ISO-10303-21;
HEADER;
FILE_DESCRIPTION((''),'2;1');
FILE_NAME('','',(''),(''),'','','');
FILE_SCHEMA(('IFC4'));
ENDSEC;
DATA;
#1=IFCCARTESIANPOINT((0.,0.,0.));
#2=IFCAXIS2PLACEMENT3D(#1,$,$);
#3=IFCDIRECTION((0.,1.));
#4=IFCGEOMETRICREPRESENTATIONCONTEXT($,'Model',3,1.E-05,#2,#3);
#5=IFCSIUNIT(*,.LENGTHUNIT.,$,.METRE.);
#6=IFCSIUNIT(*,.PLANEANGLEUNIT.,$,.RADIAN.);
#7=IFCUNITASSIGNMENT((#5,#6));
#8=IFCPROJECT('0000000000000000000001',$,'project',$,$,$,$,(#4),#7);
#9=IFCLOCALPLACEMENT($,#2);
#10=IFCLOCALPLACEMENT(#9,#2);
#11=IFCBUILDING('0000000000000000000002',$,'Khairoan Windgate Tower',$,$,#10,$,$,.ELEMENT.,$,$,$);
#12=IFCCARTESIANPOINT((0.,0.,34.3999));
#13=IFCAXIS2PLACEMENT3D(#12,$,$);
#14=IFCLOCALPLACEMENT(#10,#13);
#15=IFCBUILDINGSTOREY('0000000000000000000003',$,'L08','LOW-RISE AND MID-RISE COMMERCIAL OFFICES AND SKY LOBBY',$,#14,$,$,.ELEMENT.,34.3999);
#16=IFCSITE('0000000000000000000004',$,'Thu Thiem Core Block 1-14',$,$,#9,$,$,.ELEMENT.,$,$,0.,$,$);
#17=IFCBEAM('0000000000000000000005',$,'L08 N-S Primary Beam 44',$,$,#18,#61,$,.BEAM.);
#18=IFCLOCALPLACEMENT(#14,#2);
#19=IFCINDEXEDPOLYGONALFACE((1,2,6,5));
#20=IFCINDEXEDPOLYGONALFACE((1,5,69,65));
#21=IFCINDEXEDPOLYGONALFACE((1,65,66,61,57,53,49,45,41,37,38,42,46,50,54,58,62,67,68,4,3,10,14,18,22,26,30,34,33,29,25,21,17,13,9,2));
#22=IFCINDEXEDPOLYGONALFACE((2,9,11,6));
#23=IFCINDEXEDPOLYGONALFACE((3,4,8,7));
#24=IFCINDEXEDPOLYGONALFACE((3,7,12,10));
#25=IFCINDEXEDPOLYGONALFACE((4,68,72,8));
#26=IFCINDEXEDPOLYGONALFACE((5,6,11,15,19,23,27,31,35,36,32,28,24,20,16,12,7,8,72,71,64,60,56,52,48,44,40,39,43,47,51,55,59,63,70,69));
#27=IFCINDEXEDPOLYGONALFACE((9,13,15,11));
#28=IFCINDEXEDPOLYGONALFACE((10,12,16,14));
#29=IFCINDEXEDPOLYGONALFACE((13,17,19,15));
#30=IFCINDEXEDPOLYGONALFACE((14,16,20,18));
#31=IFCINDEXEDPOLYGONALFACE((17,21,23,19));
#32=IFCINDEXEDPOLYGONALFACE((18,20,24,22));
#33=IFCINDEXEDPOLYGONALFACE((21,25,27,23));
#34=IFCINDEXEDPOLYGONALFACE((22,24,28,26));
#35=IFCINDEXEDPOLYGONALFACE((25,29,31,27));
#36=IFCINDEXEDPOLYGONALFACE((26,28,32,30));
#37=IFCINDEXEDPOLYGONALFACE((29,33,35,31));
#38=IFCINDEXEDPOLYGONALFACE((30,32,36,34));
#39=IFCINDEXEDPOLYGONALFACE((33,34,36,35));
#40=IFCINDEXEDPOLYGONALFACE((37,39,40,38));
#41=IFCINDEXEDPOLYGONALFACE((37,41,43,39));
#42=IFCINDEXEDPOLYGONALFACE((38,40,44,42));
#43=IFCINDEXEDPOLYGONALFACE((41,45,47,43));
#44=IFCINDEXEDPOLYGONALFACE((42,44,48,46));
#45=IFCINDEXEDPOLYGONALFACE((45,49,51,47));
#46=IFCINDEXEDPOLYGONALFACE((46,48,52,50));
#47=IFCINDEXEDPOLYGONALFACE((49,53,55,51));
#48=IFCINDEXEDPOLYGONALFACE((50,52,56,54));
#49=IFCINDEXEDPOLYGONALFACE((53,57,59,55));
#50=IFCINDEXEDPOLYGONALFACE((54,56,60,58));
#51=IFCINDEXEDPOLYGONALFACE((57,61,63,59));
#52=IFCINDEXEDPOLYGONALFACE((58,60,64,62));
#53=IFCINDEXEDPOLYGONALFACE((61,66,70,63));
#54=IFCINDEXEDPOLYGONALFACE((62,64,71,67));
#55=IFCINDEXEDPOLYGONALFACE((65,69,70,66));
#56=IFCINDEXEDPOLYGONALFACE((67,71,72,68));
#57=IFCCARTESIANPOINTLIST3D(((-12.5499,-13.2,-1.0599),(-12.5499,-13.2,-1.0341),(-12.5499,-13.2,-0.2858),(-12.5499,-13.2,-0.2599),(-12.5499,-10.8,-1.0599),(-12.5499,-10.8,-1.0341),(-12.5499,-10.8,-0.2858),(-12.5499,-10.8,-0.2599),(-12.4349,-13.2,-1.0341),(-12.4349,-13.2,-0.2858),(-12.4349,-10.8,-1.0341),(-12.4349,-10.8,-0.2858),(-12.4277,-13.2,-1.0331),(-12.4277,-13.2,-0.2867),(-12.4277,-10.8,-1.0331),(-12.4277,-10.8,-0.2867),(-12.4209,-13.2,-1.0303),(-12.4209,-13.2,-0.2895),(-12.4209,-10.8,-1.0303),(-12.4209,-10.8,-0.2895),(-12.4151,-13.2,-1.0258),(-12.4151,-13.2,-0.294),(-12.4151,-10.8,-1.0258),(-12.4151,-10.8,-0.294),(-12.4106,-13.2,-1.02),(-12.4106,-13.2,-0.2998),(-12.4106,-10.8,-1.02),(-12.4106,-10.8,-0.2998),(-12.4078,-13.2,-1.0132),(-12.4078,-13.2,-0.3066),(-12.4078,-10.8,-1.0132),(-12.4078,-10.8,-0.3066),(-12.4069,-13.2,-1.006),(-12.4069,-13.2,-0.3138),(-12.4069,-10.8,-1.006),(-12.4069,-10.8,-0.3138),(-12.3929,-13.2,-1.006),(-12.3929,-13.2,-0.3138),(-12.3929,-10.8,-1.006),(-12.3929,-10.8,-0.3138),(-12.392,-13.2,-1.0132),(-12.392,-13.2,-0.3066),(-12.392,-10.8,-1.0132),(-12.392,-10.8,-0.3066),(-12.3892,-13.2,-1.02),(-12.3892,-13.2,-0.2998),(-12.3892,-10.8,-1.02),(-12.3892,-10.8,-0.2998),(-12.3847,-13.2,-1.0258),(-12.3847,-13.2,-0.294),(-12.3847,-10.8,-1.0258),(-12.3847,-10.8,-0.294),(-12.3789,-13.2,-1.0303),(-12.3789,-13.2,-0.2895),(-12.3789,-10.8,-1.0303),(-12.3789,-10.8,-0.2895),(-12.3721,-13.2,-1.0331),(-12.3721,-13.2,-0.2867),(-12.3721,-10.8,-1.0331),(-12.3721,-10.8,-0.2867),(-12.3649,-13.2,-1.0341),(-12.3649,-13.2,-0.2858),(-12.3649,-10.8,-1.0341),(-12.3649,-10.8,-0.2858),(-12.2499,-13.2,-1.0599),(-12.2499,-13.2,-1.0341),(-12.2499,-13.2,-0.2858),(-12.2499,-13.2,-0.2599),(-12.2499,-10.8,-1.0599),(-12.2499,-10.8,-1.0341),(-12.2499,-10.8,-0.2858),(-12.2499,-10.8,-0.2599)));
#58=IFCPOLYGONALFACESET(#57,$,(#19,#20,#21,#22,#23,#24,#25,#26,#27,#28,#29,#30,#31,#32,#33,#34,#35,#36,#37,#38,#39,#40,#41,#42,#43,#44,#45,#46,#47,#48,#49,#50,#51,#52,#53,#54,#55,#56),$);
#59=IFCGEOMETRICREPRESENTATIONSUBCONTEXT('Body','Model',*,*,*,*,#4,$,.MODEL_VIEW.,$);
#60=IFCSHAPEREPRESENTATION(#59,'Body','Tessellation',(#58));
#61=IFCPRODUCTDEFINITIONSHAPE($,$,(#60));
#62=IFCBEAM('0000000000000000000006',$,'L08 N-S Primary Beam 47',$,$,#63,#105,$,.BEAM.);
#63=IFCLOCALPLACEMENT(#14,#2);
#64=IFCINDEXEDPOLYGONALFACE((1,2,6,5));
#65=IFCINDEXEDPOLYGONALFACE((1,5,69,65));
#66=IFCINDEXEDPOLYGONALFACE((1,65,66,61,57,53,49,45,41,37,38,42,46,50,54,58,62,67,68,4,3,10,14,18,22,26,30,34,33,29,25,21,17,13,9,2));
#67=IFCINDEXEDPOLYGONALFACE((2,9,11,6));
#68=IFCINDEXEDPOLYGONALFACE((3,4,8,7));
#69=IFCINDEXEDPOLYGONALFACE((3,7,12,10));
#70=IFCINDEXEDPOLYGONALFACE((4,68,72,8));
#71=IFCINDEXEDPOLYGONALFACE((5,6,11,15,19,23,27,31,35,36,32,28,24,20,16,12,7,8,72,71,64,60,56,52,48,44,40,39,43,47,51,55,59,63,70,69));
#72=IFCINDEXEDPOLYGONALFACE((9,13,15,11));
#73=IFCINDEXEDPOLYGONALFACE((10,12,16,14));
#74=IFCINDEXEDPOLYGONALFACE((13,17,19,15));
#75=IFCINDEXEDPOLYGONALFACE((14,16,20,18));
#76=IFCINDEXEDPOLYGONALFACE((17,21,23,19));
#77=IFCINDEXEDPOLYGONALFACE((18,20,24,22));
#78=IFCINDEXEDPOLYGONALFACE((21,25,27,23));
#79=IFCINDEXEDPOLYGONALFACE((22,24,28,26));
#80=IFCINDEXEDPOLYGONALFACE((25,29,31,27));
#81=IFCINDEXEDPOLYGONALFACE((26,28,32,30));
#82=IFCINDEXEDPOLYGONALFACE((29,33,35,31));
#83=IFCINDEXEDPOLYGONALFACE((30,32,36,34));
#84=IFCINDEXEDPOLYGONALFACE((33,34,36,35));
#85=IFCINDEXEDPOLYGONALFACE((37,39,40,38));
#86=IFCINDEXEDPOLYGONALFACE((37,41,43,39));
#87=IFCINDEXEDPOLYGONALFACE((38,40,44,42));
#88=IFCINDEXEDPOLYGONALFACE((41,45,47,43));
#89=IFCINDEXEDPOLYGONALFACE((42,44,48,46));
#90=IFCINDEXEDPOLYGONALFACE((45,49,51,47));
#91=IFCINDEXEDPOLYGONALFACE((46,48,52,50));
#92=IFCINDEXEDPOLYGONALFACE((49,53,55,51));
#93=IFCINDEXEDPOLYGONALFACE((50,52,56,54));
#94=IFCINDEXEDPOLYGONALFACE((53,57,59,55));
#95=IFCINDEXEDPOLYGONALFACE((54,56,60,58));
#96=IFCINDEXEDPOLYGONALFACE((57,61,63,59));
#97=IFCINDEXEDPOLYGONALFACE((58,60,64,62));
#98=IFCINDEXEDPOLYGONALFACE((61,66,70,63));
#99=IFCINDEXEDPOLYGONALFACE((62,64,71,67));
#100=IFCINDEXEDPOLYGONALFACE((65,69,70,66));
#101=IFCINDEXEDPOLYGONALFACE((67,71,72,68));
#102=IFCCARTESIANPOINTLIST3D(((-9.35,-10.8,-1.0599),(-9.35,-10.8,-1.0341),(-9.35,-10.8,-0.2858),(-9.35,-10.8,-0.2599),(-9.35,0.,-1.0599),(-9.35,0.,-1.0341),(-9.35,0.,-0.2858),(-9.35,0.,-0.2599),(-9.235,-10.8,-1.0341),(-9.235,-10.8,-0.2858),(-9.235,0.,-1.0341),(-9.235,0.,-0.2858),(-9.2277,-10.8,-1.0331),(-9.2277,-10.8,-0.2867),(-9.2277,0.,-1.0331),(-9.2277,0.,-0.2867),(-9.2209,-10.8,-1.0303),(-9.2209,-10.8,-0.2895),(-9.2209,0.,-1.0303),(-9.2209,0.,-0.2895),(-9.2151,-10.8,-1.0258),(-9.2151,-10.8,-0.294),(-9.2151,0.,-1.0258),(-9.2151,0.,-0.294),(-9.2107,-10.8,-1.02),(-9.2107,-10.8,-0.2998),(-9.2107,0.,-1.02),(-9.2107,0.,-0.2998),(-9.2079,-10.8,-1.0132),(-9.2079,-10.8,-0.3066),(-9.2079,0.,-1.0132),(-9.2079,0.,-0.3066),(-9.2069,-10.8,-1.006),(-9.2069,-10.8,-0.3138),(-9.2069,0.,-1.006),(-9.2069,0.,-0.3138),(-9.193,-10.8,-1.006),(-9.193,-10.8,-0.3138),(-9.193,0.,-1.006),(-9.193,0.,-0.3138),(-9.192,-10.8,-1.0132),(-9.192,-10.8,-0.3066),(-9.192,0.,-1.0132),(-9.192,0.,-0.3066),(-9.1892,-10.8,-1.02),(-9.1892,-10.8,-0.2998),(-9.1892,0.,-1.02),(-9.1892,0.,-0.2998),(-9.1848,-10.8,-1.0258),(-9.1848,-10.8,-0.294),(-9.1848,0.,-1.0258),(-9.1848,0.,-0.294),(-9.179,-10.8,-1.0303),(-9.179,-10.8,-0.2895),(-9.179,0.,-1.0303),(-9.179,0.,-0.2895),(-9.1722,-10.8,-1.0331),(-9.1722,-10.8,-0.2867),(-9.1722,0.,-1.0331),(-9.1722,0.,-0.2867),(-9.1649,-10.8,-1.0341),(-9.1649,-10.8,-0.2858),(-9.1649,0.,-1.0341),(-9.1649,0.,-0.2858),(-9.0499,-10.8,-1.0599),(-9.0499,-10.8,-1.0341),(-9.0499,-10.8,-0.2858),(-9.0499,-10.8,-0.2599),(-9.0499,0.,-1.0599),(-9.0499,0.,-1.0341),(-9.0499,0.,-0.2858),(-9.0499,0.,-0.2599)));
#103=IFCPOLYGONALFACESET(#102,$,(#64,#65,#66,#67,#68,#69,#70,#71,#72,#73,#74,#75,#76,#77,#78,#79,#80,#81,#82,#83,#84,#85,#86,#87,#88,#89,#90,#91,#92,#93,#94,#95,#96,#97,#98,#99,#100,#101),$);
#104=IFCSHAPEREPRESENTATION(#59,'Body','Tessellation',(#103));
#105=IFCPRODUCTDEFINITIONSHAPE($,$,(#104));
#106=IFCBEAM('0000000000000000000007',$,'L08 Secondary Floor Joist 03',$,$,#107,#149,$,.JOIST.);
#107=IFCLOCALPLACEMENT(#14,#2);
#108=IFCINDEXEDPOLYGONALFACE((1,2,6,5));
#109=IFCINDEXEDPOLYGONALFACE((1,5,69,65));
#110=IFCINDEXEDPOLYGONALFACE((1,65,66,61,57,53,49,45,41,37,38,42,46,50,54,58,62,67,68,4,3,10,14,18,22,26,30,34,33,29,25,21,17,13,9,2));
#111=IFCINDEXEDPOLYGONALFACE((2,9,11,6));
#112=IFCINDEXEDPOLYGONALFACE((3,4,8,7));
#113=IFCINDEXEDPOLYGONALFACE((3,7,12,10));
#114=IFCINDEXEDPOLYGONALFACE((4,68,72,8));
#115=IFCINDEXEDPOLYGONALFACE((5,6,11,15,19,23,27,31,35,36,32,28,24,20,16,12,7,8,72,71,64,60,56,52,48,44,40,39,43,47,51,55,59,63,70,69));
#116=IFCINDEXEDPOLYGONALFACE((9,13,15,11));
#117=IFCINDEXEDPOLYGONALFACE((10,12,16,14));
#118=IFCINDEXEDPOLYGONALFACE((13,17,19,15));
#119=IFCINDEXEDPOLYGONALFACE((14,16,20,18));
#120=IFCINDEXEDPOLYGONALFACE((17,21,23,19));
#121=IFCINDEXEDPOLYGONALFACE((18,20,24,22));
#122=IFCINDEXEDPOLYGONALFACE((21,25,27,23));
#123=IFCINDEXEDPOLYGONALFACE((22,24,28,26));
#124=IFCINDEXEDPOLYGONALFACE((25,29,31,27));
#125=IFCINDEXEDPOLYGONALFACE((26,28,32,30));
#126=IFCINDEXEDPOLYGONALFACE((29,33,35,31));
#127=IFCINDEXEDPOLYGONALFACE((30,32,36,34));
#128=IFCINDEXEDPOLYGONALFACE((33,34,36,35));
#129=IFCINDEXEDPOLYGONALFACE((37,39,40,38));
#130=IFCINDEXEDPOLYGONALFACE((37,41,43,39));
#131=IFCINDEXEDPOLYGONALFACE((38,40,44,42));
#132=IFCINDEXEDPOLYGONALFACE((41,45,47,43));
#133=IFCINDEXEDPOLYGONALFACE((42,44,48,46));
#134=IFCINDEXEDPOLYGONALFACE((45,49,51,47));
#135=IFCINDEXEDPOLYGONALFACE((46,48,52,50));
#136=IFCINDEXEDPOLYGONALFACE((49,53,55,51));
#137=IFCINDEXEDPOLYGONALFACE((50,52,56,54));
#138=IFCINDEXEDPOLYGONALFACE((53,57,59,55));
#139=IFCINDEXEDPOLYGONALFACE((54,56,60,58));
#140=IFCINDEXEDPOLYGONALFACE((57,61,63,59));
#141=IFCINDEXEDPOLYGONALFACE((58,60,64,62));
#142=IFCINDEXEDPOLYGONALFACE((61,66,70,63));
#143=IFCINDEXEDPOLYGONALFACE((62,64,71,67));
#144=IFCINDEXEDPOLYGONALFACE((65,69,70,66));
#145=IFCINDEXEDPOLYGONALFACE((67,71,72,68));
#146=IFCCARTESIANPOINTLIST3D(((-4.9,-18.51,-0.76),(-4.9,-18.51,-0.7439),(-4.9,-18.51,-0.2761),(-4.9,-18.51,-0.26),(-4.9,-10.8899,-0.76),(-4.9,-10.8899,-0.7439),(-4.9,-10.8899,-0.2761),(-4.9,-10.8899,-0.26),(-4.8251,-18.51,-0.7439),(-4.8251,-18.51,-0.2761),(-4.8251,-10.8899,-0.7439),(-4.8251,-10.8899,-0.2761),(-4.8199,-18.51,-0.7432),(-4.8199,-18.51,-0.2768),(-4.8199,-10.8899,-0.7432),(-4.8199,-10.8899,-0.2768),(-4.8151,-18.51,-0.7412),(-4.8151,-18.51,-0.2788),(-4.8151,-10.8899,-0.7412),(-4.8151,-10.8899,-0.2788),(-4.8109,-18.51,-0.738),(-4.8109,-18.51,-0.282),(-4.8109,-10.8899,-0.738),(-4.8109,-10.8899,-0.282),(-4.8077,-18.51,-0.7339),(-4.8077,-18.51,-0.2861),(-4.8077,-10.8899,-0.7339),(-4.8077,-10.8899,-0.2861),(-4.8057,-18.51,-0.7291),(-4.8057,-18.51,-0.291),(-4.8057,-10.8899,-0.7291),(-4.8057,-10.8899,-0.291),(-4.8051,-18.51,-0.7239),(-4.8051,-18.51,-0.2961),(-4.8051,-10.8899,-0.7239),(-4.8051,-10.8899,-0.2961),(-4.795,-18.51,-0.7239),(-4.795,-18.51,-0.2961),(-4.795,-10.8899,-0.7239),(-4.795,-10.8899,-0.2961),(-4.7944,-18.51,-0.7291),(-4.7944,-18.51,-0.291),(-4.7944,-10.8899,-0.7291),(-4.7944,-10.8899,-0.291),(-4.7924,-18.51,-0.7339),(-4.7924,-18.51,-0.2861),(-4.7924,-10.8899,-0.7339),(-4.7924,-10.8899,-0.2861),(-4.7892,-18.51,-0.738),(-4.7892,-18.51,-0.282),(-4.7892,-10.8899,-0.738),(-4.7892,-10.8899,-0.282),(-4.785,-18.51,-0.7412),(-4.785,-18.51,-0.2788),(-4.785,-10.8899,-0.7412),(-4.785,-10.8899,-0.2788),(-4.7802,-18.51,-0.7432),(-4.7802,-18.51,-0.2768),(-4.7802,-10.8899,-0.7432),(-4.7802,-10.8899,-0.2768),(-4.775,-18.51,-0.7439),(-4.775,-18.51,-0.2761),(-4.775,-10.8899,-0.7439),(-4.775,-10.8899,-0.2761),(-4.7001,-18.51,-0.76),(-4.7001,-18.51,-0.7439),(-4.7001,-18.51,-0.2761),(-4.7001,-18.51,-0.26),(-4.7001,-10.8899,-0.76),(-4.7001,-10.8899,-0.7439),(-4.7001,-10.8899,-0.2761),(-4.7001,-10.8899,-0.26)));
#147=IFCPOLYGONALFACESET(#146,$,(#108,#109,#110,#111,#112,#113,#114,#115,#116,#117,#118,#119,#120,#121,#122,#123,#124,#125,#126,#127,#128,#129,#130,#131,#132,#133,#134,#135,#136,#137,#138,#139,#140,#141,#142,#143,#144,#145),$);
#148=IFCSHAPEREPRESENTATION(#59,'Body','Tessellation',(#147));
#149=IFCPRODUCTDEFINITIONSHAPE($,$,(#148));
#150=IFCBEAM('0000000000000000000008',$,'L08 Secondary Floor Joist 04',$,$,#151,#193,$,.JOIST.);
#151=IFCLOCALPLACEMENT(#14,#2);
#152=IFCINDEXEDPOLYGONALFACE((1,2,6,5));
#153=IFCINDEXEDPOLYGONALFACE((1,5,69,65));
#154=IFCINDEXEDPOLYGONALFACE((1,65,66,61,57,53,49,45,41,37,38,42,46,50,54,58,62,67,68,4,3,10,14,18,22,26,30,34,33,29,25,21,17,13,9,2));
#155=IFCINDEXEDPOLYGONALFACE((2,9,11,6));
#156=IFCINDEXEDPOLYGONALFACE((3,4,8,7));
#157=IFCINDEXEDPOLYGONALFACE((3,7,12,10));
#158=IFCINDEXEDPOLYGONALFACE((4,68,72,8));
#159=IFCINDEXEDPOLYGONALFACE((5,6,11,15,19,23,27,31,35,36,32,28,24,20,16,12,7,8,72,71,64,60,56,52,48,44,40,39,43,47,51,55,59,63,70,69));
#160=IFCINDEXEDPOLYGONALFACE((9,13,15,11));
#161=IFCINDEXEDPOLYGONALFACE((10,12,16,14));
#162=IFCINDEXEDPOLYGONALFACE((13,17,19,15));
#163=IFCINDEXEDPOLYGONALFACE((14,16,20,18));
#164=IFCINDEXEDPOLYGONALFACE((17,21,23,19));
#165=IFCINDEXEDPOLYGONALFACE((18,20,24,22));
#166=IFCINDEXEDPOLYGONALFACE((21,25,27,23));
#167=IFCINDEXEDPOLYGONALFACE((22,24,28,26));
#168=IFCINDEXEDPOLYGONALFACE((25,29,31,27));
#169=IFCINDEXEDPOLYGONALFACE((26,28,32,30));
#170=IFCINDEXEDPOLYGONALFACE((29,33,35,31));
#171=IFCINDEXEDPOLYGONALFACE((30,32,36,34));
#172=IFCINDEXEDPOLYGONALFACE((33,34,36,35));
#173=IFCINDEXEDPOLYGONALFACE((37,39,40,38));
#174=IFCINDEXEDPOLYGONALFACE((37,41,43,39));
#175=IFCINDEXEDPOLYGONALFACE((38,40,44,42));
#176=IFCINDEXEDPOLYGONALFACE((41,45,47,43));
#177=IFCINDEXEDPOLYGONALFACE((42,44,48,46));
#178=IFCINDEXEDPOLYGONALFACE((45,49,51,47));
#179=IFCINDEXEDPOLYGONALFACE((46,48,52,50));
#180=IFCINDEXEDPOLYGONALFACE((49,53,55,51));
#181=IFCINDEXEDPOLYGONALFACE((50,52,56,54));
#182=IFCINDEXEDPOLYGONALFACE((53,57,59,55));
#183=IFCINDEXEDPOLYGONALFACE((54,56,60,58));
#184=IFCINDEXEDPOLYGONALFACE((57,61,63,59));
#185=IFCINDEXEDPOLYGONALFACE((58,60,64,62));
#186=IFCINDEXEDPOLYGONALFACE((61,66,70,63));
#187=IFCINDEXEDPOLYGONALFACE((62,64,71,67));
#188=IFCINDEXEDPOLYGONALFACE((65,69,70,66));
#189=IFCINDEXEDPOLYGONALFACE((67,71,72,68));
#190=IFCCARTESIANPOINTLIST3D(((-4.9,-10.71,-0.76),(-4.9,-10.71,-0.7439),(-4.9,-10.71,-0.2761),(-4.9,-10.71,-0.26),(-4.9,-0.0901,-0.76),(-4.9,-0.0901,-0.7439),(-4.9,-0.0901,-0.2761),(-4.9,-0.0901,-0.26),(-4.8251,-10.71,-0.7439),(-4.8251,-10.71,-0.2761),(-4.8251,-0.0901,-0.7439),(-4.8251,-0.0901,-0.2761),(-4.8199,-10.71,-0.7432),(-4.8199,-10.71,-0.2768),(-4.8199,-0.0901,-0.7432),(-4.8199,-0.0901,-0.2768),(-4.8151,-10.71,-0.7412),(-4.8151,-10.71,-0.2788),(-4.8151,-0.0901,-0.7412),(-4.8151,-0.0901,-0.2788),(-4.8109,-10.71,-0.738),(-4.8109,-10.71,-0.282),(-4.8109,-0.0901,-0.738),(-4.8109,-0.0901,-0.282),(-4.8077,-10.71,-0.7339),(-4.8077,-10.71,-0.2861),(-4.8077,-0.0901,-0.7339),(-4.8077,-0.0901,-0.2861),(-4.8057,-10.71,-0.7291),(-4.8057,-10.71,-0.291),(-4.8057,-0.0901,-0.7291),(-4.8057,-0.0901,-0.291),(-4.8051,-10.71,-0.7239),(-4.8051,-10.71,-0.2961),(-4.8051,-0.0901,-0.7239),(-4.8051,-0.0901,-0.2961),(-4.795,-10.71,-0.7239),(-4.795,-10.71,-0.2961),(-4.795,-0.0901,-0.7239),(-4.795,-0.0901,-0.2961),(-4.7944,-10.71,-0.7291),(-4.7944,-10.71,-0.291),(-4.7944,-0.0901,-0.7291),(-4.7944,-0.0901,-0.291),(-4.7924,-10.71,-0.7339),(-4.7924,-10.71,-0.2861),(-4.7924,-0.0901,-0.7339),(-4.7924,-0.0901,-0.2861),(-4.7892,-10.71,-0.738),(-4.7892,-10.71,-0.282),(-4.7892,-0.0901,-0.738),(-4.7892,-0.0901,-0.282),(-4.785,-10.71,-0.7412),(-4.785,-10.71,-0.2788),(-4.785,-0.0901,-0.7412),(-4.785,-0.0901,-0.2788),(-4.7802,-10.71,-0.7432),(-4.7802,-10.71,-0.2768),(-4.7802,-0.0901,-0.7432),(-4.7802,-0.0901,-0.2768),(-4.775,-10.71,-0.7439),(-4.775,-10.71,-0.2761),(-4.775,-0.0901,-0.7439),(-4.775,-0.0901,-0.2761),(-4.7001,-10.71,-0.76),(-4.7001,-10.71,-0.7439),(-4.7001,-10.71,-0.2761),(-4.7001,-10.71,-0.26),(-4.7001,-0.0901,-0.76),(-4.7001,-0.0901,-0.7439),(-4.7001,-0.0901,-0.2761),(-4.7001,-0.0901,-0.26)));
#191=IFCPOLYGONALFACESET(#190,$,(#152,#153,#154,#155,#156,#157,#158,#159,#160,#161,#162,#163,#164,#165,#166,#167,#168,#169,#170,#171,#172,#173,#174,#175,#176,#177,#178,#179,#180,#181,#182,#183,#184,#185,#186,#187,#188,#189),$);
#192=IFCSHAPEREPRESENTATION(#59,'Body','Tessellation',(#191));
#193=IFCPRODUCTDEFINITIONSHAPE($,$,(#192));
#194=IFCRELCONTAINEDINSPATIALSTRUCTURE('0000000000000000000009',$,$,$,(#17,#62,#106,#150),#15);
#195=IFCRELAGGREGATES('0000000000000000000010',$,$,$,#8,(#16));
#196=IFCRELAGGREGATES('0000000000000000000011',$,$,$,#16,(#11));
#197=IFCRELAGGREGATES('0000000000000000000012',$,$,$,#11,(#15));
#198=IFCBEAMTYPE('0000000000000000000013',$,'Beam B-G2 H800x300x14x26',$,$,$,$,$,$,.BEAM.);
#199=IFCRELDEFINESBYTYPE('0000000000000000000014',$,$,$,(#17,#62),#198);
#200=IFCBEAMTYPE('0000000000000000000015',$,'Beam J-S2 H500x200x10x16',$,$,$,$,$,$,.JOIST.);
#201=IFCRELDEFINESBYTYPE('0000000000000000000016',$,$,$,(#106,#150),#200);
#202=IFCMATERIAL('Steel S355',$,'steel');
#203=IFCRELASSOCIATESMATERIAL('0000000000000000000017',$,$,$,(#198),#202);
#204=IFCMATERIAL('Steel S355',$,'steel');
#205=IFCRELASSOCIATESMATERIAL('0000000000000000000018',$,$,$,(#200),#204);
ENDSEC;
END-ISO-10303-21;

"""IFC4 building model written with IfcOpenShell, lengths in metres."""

from ifc_helpers import new_model, si_unit, direction, frame, origin, origin_2d, place, context, subcontext, project, spatial, i_section, extrude, material, material_profile, profile_set, type_object, element, save


model = new_model("IFC4")

# Units and contexts
model_context = context("Model", 3, precision=1e-05, world=origin(), true_north=direction((0.0, 1.0)))
body_context = subcontext(model_context, "Body", "Model", "MODEL_VIEW")
ifc_project = project(units=[si_unit("LENGTHUNIT", "METRE"), si_unit("PLANEANGLEUNIT", "RADIAN")], contexts=[model_context])

# Site, building, storey
site_placement = place(None, origin())
site = spatial("IfcSite", under=ifc_project, at=site_placement, Name="Thu Thiem Core Block 1-14", CompositionType="ELEMENT", RefElevation=0.0)
building_placement = place(site_placement, origin())
building = spatial("IfcBuilding", under=site, at=building_placement, Name="Khairoan Windgate Tower", CompositionType="ELEMENT")
storey_placement = place(building_placement, frame((0.0, 0.0, 34.3999)))
storey = spatial("IfcBuildingStorey", under=building, at=storey_placement, Name="L08", Description="LOW-RISE AND MID-RISE COMMERCIAL OFFICES AND SKY LOBBY", CompositionType="ELEMENT", Elevation=34.3999)

# Beams
ifc_material_1 = material(Name="Steel S355", Category="steel")
ifc_material_profile_1 = material_profile(ifc_material_1, i_section(OverallWidth=0.3, OverallDepth=0.8, WebThickness=0.0139, FlangeThickness=0.0259, FilletRadius=0.0281, at=origin_2d()))
ifc_profile_set_1 = profile_set([ifc_material_profile_1], Name="Steel S355")
beam_type_1 = type_object("IfcBeamType", Name="Beam B-G2 H800x300x14x26", PredefinedType="BEAM", material=ifc_profile_set_1)
beam_1_placement = place(storey_placement, frame((-12.3999, -13.2, -0.6599), z_axis=(0.0, 1.0, 0.0), x_axis=(-1.0, 0.0, 0.0)))
element("IfcBeam", 1, at=beam_1_placement, inside=storey, type_object=beam_type_1, Name="L08 N-S Primary Beam 44", PredefinedType="BEAM", context=body_context, shape_type="SweptSolid", body=[
    extrude(i_section(OverallWidth=0.3, OverallDepth=0.8, WebThickness=0.0139, FlangeThickness=0.0259, FilletRadius=0.0281, at=origin_2d()), origin(), (0.0, 0.0, 1.0), 2.3999),
])
beam_2_placement = place(storey_placement, frame((-9.2, -10.8, -0.6599), z_axis=(0.0, 1.0, 0.0), x_axis=(-1.0, 0.0, 0.0)))
element("IfcBeam", 2, at=beam_2_placement, inside=storey, type_object=beam_type_1, Name="L08 N-S Primary Beam 47", PredefinedType="BEAM", context=body_context, shape_type="SweptSolid", body=[
    extrude(i_section(OverallWidth=0.3, OverallDepth=0.8, WebThickness=0.0139, FlangeThickness=0.0259, FilletRadius=0.0281, at=origin_2d()), origin(), (0.0, 0.0, 1.0), 10.8),
])
ifc_material_2 = material(Name="Steel S355", Category="steel")
ifc_material_profile_2 = material_profile(ifc_material_2, i_section(OverallWidth=0.2, OverallDepth=0.5, WebThickness=0.01, FlangeThickness=0.0161, FilletRadius=0.02, at=origin_2d()))
ifc_profile_set_2 = profile_set([ifc_material_profile_2], Name="Steel S355")
beam_type_2 = type_object("IfcBeamType", Name="Beam J-S2 H500x200x10x16", PredefinedType="JOIST", material=ifc_profile_set_2)
beam_3_placement = place(storey_placement, frame((-4.8, -18.51, -0.51), z_axis=(0.0, 1.0, 0.0), x_axis=(-1.0, 0.0, 0.0)))
element("IfcBeam", 3, at=beam_3_placement, inside=storey, type_object=beam_type_2, Name="L08 Secondary Floor Joist 03", PredefinedType="JOIST", context=body_context, shape_type="SweptSolid", body=[
    extrude(i_section(OverallWidth=0.2, OverallDepth=0.5, WebThickness=0.01, FlangeThickness=0.0161, FilletRadius=0.02, at=origin_2d()), origin(), (0.0, 0.0, 1.0), 7.6201),
])
beam_4_placement = place(storey_placement, frame((-4.8, -10.71, -0.51), z_axis=(0.0, 1.0, 0.0), x_axis=(-1.0, 0.0, 0.0)))
element("IfcBeam", 4, at=beam_4_placement, inside=storey, type_object=beam_type_2, Name="L08 Secondary Floor Joist 04", PredefinedType="JOIST", context=body_context, shape_type="SweptSolid", body=[
    extrude(i_section(OverallWidth=0.2, OverallDepth=0.5, WebThickness=0.01, FlangeThickness=0.0161, FilletRadius=0.02, at=origin_2d()), origin(), (0.0, 0.0, 1.0), 10.6199),
])

save(model, "model.ifc")
